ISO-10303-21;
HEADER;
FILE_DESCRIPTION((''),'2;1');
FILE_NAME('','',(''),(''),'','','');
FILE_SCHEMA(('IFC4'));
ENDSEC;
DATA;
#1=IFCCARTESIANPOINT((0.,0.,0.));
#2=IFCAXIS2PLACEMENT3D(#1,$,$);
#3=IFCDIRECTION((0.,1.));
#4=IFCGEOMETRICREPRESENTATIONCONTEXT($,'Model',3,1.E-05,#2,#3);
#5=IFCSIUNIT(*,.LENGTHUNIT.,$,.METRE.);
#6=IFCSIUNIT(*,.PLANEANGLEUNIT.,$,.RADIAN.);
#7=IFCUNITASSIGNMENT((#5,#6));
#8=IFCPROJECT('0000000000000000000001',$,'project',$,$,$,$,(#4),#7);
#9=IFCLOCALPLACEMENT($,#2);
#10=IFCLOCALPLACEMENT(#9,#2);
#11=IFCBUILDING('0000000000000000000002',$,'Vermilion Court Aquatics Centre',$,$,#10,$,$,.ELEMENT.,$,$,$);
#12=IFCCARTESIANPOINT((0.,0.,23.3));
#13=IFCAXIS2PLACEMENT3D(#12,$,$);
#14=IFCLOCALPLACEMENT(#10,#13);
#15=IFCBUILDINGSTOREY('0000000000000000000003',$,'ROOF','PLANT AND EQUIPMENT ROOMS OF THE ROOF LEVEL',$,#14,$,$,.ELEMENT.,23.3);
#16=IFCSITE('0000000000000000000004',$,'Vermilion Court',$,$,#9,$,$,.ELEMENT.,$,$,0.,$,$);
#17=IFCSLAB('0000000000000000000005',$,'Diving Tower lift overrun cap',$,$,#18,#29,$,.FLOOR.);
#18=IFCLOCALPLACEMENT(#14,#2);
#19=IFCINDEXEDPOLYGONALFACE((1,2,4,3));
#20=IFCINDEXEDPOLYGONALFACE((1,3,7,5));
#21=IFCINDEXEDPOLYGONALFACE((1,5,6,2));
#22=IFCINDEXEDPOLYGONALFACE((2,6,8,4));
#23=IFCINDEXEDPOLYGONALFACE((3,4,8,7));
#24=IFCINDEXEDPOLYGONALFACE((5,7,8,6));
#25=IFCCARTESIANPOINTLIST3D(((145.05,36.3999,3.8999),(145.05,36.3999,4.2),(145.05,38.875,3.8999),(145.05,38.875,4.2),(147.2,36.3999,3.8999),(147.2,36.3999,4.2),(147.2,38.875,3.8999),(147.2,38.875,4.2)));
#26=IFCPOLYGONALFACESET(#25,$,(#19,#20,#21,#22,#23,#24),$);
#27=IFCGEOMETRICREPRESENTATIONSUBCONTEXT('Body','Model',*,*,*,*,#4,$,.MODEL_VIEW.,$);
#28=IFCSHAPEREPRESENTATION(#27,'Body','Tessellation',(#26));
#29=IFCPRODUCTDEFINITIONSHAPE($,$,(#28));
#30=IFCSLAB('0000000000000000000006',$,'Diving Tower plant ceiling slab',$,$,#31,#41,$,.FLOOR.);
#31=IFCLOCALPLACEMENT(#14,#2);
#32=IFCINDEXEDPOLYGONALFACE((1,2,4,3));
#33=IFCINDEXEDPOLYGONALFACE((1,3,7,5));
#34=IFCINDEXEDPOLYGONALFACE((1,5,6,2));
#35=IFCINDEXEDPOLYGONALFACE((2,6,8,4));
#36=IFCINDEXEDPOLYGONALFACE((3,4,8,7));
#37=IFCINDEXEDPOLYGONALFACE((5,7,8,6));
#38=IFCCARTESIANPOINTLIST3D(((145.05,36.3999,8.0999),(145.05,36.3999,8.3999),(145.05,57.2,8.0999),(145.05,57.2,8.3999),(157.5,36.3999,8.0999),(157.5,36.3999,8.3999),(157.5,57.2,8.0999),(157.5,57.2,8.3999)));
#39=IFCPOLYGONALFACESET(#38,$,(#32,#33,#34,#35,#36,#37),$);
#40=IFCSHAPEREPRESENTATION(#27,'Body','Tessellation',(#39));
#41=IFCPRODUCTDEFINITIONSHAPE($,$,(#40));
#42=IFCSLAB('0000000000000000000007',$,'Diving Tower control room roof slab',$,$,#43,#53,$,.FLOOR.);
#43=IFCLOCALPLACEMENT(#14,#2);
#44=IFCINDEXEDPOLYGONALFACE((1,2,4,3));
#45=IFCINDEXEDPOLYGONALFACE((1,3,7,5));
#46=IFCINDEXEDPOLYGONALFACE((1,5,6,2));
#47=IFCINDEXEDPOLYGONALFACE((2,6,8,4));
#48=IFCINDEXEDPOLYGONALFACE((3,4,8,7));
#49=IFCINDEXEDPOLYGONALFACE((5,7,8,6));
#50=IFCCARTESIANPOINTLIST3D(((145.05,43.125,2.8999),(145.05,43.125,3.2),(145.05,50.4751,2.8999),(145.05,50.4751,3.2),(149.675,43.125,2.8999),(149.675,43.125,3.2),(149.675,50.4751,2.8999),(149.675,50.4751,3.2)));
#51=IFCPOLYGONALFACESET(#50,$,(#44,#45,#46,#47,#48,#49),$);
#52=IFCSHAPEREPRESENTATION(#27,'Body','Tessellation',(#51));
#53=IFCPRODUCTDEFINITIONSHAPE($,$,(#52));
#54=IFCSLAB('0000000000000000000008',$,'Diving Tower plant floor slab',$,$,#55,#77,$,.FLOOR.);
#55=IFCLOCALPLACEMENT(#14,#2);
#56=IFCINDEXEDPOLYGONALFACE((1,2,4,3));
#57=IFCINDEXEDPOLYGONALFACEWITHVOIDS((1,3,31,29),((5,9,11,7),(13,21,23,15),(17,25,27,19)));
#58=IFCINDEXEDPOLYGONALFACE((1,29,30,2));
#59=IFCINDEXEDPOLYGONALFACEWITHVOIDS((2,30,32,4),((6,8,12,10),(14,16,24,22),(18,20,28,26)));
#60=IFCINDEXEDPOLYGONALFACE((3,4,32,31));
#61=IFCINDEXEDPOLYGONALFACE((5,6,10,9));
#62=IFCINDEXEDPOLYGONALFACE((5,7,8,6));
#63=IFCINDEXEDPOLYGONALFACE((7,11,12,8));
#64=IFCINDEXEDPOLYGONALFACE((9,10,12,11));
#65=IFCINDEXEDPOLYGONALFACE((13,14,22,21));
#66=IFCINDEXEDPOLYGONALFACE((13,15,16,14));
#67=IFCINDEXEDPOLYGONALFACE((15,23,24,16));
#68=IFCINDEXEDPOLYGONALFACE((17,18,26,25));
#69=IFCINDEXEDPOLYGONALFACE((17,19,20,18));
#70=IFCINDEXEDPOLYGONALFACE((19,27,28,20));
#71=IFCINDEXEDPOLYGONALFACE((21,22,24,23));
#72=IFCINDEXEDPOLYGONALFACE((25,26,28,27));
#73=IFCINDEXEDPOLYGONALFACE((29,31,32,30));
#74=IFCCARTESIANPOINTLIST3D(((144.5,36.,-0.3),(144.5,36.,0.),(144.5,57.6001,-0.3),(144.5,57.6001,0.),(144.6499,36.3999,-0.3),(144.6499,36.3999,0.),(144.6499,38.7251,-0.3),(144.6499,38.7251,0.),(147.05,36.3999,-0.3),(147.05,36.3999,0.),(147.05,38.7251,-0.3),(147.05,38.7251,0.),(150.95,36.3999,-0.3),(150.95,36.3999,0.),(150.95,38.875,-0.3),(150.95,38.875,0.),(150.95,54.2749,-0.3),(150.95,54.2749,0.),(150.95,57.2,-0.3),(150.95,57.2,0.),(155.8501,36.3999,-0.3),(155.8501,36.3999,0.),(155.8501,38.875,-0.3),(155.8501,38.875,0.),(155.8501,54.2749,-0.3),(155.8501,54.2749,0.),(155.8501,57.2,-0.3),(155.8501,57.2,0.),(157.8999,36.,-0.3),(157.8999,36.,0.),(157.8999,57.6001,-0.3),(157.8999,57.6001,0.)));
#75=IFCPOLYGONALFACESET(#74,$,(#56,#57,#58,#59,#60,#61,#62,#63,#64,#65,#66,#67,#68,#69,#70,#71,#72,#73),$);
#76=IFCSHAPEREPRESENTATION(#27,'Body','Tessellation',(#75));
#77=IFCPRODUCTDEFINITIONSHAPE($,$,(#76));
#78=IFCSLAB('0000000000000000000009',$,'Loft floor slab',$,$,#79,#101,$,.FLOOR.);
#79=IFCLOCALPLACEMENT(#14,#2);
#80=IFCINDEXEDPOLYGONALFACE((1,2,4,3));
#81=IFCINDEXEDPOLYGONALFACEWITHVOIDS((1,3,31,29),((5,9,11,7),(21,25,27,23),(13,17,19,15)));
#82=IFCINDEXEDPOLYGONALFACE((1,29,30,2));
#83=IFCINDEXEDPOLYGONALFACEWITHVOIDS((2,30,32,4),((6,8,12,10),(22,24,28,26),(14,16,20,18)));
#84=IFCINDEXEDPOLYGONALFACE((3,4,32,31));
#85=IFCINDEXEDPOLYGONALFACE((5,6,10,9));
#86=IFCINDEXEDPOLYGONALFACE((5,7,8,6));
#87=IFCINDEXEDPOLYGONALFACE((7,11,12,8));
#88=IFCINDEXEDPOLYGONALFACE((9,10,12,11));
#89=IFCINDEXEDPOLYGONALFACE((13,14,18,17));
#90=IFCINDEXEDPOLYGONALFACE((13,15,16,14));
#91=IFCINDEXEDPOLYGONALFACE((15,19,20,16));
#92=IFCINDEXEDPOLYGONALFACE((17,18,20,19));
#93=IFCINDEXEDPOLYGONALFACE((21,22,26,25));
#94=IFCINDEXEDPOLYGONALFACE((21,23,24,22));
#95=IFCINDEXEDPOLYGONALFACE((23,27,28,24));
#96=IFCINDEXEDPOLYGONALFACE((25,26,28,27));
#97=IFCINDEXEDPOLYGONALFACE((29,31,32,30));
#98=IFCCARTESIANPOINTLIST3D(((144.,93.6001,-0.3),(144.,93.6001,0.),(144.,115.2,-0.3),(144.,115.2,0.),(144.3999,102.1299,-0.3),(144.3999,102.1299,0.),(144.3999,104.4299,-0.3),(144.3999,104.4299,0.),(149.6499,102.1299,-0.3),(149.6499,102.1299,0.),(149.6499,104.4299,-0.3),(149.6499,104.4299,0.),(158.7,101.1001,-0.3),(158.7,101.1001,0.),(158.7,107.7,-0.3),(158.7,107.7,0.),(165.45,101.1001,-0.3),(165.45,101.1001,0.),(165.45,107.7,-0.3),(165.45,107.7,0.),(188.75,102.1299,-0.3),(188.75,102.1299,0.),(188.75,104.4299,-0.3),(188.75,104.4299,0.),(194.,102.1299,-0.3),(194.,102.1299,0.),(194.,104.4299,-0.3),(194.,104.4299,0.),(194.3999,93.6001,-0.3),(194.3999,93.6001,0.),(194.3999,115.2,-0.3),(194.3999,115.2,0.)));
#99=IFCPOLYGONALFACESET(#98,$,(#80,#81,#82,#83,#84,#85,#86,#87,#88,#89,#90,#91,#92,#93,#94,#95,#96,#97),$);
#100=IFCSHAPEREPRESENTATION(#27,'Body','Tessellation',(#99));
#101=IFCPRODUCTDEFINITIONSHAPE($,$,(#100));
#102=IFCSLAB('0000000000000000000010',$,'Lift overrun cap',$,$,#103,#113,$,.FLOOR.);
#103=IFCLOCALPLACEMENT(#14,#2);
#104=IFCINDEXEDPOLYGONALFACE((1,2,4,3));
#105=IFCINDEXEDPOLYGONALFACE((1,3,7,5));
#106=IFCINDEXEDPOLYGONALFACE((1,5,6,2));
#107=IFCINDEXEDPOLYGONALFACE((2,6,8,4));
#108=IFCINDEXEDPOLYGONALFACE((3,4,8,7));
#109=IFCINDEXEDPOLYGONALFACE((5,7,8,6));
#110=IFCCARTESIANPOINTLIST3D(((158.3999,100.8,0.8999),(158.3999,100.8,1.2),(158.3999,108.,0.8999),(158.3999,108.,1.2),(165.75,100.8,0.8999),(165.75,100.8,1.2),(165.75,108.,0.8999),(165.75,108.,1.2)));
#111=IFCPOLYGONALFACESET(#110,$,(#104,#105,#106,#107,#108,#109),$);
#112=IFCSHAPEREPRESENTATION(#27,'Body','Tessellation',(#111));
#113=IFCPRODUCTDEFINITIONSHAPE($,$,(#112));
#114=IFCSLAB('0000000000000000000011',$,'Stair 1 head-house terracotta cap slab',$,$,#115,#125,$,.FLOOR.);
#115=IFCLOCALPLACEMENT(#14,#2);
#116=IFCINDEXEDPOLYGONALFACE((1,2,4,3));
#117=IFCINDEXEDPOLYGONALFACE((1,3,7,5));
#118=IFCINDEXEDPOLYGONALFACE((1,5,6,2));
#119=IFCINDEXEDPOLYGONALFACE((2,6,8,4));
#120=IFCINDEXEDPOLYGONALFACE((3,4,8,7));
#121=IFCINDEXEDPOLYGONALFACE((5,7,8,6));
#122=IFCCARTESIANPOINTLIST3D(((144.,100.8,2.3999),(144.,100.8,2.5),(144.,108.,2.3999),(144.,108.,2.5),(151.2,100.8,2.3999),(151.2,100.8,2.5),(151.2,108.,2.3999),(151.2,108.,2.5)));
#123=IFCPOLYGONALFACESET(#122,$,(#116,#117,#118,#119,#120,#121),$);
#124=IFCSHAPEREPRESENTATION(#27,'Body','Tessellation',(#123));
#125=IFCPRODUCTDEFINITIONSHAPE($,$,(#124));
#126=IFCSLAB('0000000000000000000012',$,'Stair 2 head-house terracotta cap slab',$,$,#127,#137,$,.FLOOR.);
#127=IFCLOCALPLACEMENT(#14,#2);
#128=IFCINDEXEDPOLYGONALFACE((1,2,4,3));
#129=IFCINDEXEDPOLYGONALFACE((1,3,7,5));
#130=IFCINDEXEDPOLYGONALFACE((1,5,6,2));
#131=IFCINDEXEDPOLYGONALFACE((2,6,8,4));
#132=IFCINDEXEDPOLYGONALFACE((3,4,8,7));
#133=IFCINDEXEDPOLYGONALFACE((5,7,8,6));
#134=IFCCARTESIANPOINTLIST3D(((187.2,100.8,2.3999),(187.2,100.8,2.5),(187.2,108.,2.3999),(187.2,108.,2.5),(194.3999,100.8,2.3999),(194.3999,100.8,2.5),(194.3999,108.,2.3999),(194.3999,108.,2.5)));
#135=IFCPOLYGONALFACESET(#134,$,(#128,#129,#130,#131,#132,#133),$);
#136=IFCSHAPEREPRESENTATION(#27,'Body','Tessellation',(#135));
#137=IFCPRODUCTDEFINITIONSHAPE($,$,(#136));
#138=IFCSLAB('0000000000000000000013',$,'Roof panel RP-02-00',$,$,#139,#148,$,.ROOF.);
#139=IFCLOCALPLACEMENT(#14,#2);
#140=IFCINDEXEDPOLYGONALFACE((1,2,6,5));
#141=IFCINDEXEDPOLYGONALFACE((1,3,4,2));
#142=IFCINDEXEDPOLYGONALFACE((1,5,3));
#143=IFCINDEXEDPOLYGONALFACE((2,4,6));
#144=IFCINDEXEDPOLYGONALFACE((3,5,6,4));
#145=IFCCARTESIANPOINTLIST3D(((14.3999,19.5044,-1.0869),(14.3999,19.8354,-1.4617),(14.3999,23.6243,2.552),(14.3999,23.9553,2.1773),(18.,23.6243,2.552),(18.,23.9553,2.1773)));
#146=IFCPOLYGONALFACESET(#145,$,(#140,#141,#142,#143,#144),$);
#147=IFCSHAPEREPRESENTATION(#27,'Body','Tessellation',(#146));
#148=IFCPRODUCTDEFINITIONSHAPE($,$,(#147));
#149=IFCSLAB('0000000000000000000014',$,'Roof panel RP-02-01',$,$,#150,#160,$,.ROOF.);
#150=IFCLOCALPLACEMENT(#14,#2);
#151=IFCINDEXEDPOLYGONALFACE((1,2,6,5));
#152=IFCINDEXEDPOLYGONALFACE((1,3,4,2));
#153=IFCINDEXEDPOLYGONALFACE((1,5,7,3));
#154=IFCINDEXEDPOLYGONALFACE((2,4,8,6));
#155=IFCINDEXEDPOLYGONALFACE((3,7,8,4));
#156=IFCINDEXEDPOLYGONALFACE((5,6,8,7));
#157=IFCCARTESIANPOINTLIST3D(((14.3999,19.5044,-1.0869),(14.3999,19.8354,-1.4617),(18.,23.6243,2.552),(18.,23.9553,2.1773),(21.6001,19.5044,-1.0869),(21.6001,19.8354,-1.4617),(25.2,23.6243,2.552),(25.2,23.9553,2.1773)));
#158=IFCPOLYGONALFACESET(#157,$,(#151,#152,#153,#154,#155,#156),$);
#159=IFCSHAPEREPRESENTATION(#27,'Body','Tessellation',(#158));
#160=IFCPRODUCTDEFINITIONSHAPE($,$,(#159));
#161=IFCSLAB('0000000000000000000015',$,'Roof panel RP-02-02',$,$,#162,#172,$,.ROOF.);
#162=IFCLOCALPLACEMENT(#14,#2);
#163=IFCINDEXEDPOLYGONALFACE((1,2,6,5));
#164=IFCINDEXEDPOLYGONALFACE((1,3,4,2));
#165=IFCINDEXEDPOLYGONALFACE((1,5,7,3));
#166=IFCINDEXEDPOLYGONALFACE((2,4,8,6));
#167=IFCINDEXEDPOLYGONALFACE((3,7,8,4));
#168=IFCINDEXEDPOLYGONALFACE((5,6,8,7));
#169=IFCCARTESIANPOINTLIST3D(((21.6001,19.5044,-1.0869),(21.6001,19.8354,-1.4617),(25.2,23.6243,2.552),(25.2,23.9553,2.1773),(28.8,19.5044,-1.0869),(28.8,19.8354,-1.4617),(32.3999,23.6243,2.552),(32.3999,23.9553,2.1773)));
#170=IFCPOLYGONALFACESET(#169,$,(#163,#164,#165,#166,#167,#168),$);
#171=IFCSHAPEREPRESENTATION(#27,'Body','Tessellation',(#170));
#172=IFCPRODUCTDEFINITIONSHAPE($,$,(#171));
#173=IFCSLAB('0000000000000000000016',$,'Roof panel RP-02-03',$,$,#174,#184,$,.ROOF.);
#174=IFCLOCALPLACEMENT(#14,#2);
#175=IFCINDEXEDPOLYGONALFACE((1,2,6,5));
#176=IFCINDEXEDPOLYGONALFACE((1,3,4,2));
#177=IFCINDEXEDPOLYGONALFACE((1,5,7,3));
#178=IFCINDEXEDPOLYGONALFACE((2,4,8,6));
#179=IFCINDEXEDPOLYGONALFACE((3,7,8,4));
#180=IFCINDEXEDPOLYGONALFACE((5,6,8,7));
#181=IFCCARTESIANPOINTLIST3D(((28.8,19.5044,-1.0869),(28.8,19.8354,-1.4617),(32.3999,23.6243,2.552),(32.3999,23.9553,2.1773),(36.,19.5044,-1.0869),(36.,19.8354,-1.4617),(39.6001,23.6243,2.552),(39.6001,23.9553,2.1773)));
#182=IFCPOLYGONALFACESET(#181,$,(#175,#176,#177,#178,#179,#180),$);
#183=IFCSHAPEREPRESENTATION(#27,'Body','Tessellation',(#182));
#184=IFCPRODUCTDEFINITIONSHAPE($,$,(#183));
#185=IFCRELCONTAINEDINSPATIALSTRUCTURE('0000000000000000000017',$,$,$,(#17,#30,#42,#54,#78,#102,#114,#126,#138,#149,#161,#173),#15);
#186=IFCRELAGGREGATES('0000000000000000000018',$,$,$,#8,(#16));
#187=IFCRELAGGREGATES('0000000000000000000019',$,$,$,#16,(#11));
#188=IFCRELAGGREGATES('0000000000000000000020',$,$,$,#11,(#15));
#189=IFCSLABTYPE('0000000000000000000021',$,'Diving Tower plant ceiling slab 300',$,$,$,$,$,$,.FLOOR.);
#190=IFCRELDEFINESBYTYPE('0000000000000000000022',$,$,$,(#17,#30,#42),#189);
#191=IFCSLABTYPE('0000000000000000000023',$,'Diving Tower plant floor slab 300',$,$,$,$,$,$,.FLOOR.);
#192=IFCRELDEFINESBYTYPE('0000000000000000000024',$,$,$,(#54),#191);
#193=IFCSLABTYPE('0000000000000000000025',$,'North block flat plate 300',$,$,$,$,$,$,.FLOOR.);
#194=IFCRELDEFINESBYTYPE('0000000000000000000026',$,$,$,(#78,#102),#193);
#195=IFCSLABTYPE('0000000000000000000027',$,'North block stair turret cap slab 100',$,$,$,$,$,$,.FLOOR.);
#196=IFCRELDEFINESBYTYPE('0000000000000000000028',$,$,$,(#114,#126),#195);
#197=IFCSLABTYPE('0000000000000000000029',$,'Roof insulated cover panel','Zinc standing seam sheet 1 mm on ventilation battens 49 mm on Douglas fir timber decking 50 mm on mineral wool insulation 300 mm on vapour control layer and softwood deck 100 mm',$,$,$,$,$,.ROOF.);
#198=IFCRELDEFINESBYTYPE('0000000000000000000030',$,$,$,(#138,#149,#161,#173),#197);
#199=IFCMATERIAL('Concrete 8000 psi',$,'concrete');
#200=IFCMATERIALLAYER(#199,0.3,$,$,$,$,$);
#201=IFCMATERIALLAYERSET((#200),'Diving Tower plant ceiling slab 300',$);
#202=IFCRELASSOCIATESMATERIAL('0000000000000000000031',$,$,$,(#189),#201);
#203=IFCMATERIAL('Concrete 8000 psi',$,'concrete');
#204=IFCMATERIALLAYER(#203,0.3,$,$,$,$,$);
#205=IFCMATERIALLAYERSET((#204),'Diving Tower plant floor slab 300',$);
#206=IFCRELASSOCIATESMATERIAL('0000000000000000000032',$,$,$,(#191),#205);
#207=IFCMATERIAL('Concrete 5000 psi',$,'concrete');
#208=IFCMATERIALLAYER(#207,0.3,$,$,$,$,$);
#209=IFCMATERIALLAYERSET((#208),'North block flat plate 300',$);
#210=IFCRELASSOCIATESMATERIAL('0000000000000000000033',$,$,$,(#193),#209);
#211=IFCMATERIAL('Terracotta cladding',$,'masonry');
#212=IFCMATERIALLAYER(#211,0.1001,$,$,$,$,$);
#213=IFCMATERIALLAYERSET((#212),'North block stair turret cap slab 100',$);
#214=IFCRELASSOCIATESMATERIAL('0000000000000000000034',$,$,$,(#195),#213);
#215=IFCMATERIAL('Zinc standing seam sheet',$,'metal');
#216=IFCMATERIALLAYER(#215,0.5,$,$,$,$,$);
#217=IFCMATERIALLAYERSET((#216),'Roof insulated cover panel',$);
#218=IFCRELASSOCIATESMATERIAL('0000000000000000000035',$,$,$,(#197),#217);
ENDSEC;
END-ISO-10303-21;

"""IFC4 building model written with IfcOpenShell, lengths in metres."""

from ifc_helpers import new_model, si_unit, direction, frame, origin, place, context, subcontext, project, spatial, polyline, outline, extrude, material, layer, layer_set, type_object, element, save


model = new_model("IFC4")

# Units and contexts
model_context = context("Model", 3, precision=1e-05, world=origin(), true_north=direction((0.0, 1.0)))
body_context = subcontext(model_context, "Body", "Model", "MODEL_VIEW")
ifc_project = project(units=[si_unit("LENGTHUNIT", "METRE"), si_unit("PLANEANGLEUNIT", "RADIAN")], contexts=[model_context])

# Site, building, storey
site_placement = place(None, origin())
site = spatial("IfcSite", under=ifc_project, at=site_placement, Name="Vermilion Court", CompositionType="ELEMENT", RefElevation=0.0)
building_placement = place(site_placement, origin())
building = spatial("IfcBuilding", under=site, at=building_placement, Name="Vermilion Court Aquatics Centre", CompositionType="ELEMENT")
storey_placement = place(building_placement, frame((0.0, 0.0, 23.3)))
storey = spatial("IfcBuildingStorey", under=building, at=storey_placement, Name="ROOF", Description="PLANT AND EQUIPMENT ROOMS OF THE ROOF LEVEL", CompositionType="ELEMENT", Elevation=23.3)

# Slabs
ifc_material_1 = material(Name="Concrete 8000 psi", Category="concrete")
ifc_layer_1 = layer(ifc_material_1, 0.3)
ifc_layer_set_1 = layer_set([ifc_layer_1], Name="Diving Tower plant ceiling slab 300")
slab_type_1 = type_object("IfcSlabType", Name="Diving Tower plant ceiling slab 300", PredefinedType="FLOOR", material=ifc_layer_set_1)
slab_1_placement = place(storey_placement, frame((0.0, 0.0, 3.8999)))
element("IfcSlab", 1, at=slab_1_placement, inside=storey, type_object=slab_type_1, Name="Diving Tower lift overrun cap", PredefinedType="FLOOR", context=body_context, shape_type="SweptSolid", body=[
    extrude(outline(polyline([(145.05, 36.3999), (147.2, 36.3999), (147.2, 38.875), (145.05, 38.875), (145.05, 36.3999)])), origin(), (0.0, 0.0, 1.0), 0.3),
])
slab_2_placement = place(storey_placement, frame((0.0, 0.0, 8.0999)))
element("IfcSlab", 2, at=slab_2_placement, inside=storey, type_object=slab_type_1, Name="Diving Tower plant ceiling slab", PredefinedType="FLOOR", context=body_context, shape_type="SweptSolid", body=[
    extrude(outline(polyline([(145.05, 36.3999), (157.5, 36.3999), (157.5, 57.2), (145.05, 57.2), (145.05, 36.3999)])), origin(), (0.0, 0.0, 1.0), 0.3),
])
slab_3_placement = place(storey_placement, frame((0.0, 0.0, 2.8999)))
element("IfcSlab", 3, at=slab_3_placement, inside=storey, type_object=slab_type_1, Name="Diving Tower control room roof slab", PredefinedType="FLOOR", context=body_context, shape_type="SweptSolid", body=[
    extrude(outline(polyline([(145.05, 43.125), (149.675, 43.125), (149.675, 50.4751), (145.05, 50.4751), (145.05, 43.125)])), origin(), (0.0, 0.0, 1.0), 0.3),
])
ifc_material_2 = material(Name="Concrete 8000 psi", Category="concrete")
ifc_layer_2 = layer(ifc_material_2, 0.3)
ifc_layer_set_2 = layer_set([ifc_layer_2], Name="Diving Tower plant floor slab 300")
slab_type_2 = type_object("IfcSlabType", Name="Diving Tower plant floor slab 300", PredefinedType="FLOOR", material=ifc_layer_set_2)
slab_4_placement = place(storey_placement, frame((0.0, 0.0, -0.3)))
element("IfcSlab", 4, at=slab_4_placement, inside=storey, type_object=slab_type_2, Name="Diving Tower plant floor slab", PredefinedType="FLOOR", context=body_context, shape_type="SweptSolid", body=[
    extrude(outline(polyline([(144.5, 36.0), (157.8999, 36.0), (157.8999, 57.6001), (144.5, 57.6001), (144.5, 36.0)]), holes=[polyline([(144.6499, 36.3999), (147.05, 36.3999), (147.05, 38.7251), (144.6499, 38.7251), (144.6499, 36.3999)]), polyline([(150.95, 36.3999), (155.8501, 36.3999), (155.8501, 38.875), (150.95, 38.875), (150.95, 36.3999)]), polyline([(150.95, 54.2749), (155.8501, 54.2749), (155.8501, 57.2), (150.95, 57.2), (150.95, 54.2749)])]), origin(), (0.0, 0.0, 1.0), 0.3),
])
ifc_material_3 = material(Name="Concrete 5000 psi", Category="concrete")
ifc_layer_3 = layer(ifc_material_3, 0.3)
ifc_layer_set_3 = layer_set([ifc_layer_3], Name="North block flat plate 300")
slab_type_3 = type_object("IfcSlabType", Name="North block flat plate 300", PredefinedType="FLOOR", material=ifc_layer_set_3)
slab_5_placement = place(storey_placement, frame((0.0, 0.0, -0.3)))
element("IfcSlab", 5, at=slab_5_placement, inside=storey, type_object=slab_type_3, Name="Loft floor slab", PredefinedType="FLOOR", context=body_context, shape_type="SweptSolid", body=[
    extrude(outline(polyline([(144.0, 93.6001), (194.3999, 93.6001), (194.3999, 115.2), (144.0, 115.2), (144.0, 93.6001)]), holes=[polyline([(158.7, 101.1001), (165.45, 101.1001), (165.45, 107.7), (158.7, 107.7), (158.7, 101.1001)]), polyline([(144.3999, 102.1299), (149.6499, 102.1299), (149.6499, 104.4299), (144.3999, 104.4299), (144.3999, 102.1299)]), polyline([(188.75, 102.1299), (194.0, 102.1299), (194.0, 104.4299), (188.75, 104.4299), (188.75, 102.1299)])]), origin(), (0.0, 0.0, 1.0), 0.3),
])
slab_6_placement = place(storey_placement, frame((0.0, 0.0, 0.8999)))
element("IfcSlab", 6, at=slab_6_placement, inside=storey, type_object=slab_type_3, Name="Lift overrun cap", PredefinedType="FLOOR", context=body_context, shape_type="SweptSolid", body=[
    extrude(outline(polyline([(158.3999, 100.8), (165.75, 100.8), (165.75, 108.0), (158.3999, 108.0), (158.3999, 100.8)])), origin(), (0.0, 0.0, 1.0), 0.3),
])
ifc_material_4 = material(Name="Terracotta cladding", Category="masonry")
ifc_layer_4 = layer(ifc_material_4, 0.1001)
ifc_layer_set_4 = layer_set([ifc_layer_4], Name="North block stair turret cap slab 100")
slab_type_4 = type_object("IfcSlabType", Name="North block stair turret cap slab 100", PredefinedType="FLOOR", material=ifc_layer_set_4)
slab_7_placement = place(storey_placement, frame((0.0, 0.0, 2.3999)))
element("IfcSlab", 7, at=slab_7_placement, inside=storey, type_object=slab_type_4, Name="Stair 1 head-house terracotta cap slab", PredefinedType="FLOOR", context=body_context, shape_type="SweptSolid", body=[
    extrude(outline(polyline([(144.0, 100.8), (151.2, 100.8), (151.2, 108.0), (144.0, 108.0), (144.0, 100.8)])), origin(), (0.0, 0.0, 1.0), 0.1001),
])
slab_8_placement = place(storey_placement, frame((0.0, 0.0, 2.3999)))
element("IfcSlab", 8, at=slab_8_placement, inside=storey, type_object=slab_type_4, Name="Stair 2 head-house terracotta cap slab", PredefinedType="FLOOR", context=body_context, shape_type="SweptSolid", body=[
    extrude(outline(polyline([(187.2, 100.8), (194.3999, 100.8), (194.3999, 108.0), (187.2, 108.0), (187.2, 100.8)])), origin(), (0.0, 0.0, 1.0), 0.1001),
])
ifc_material_5 = material(Name="Zinc standing seam sheet", Category="metal")
ifc_layer_5 = layer(ifc_material_5, 0.5)
ifc_layer_set_5 = layer_set([ifc_layer_5], Name="Roof insulated cover panel")
slab_type_5 = type_object("IfcSlabType", Name="Roof insulated cover panel", Description="Zinc standing seam sheet 1 mm on ventilation battens 49 mm on Douglas fir timber decking 50 mm on mineral wool insulation 300 mm on vapour control layer and softwood deck 100 mm", PredefinedType="ROOF", material=ifc_layer_set_5)
slab_9_placement = place(storey_placement, frame((14.3999, 19.5044, -1.0869), z_axis=(0.0, -0.662003, 0.749501), x_axis=(0.547891, 0.626995, 0.553799)))
element("IfcSlab", 9, at=slab_9_placement, inside=storey, type_object=slab_type_5, Name="Roof panel RP-02-00", PredefinedType="ROOF", context=body_context, shape_type="SweptSolid", body=[
    extrude(outline(polyline([(0.0, 0.0), (6.5708, 0.0), (4.5984, 3.0117), (0.0, 0.0)])), origin(), (0.0, 0.0, -1.0), 0.5),
])
slab_10_placement = place(storey_placement, frame((14.3999, 19.5044, -1.0869), z_axis=(0.0, -0.662003, 0.749501), x_axis=(1.0, 0.0, 0.0)))
element("IfcSlab", 10, at=slab_10_placement, inside=storey, type_object=slab_type_5, Name="Roof panel RP-02-01", PredefinedType="ROOF", context=body_context, shape_type="SweptSolid", body=[
    extrude(outline(polyline([(0.0, 0.0), (7.2002, 0.0), (10.8, 5.4968), (3.6001, 5.4968), (0.0, 0.0)])), origin(), (0.0, 0.0, -1.0), 0.5),
])
slab_11_placement = place(storey_placement, frame((21.6001, 19.5044, -1.0869), z_axis=(0.0, -0.662003, 0.749501), x_axis=(1.0, 0.0, 0.0)))
element("IfcSlab", 11, at=slab_11_placement, inside=storey, type_object=slab_type_5, Name="Roof panel RP-02-02", PredefinedType="ROOF", context=body_context, shape_type="SweptSolid", body=[
    extrude(outline(polyline([(0.0, 0.0), (7.2, 0.0), (10.7998, 5.4968), (3.5999, 5.4968), (0.0, 0.0)])), origin(), (0.0, 0.0, -1.0), 0.5),
])
slab_12_placement = place(storey_placement, frame((28.8, 19.5044, -1.0869), z_axis=(0.0, -0.662003, 0.749501), x_axis=(1.0, 0.0, 0.0)))
element("IfcSlab", 12, at=slab_12_placement, inside=storey, type_object=slab_type_5, Name="Roof panel RP-02-03", PredefinedType="ROOF", context=body_context, shape_type="SweptSolid", body=[
    extrude(outline(polyline([(0.0, 0.0), (7.2, 0.0), (10.8, 5.4968), (3.5999, 5.4968), (0.0, 0.0)])), origin(), (0.0, 0.0, -1.0), 0.5),
])

save(model, "model.ifc")
